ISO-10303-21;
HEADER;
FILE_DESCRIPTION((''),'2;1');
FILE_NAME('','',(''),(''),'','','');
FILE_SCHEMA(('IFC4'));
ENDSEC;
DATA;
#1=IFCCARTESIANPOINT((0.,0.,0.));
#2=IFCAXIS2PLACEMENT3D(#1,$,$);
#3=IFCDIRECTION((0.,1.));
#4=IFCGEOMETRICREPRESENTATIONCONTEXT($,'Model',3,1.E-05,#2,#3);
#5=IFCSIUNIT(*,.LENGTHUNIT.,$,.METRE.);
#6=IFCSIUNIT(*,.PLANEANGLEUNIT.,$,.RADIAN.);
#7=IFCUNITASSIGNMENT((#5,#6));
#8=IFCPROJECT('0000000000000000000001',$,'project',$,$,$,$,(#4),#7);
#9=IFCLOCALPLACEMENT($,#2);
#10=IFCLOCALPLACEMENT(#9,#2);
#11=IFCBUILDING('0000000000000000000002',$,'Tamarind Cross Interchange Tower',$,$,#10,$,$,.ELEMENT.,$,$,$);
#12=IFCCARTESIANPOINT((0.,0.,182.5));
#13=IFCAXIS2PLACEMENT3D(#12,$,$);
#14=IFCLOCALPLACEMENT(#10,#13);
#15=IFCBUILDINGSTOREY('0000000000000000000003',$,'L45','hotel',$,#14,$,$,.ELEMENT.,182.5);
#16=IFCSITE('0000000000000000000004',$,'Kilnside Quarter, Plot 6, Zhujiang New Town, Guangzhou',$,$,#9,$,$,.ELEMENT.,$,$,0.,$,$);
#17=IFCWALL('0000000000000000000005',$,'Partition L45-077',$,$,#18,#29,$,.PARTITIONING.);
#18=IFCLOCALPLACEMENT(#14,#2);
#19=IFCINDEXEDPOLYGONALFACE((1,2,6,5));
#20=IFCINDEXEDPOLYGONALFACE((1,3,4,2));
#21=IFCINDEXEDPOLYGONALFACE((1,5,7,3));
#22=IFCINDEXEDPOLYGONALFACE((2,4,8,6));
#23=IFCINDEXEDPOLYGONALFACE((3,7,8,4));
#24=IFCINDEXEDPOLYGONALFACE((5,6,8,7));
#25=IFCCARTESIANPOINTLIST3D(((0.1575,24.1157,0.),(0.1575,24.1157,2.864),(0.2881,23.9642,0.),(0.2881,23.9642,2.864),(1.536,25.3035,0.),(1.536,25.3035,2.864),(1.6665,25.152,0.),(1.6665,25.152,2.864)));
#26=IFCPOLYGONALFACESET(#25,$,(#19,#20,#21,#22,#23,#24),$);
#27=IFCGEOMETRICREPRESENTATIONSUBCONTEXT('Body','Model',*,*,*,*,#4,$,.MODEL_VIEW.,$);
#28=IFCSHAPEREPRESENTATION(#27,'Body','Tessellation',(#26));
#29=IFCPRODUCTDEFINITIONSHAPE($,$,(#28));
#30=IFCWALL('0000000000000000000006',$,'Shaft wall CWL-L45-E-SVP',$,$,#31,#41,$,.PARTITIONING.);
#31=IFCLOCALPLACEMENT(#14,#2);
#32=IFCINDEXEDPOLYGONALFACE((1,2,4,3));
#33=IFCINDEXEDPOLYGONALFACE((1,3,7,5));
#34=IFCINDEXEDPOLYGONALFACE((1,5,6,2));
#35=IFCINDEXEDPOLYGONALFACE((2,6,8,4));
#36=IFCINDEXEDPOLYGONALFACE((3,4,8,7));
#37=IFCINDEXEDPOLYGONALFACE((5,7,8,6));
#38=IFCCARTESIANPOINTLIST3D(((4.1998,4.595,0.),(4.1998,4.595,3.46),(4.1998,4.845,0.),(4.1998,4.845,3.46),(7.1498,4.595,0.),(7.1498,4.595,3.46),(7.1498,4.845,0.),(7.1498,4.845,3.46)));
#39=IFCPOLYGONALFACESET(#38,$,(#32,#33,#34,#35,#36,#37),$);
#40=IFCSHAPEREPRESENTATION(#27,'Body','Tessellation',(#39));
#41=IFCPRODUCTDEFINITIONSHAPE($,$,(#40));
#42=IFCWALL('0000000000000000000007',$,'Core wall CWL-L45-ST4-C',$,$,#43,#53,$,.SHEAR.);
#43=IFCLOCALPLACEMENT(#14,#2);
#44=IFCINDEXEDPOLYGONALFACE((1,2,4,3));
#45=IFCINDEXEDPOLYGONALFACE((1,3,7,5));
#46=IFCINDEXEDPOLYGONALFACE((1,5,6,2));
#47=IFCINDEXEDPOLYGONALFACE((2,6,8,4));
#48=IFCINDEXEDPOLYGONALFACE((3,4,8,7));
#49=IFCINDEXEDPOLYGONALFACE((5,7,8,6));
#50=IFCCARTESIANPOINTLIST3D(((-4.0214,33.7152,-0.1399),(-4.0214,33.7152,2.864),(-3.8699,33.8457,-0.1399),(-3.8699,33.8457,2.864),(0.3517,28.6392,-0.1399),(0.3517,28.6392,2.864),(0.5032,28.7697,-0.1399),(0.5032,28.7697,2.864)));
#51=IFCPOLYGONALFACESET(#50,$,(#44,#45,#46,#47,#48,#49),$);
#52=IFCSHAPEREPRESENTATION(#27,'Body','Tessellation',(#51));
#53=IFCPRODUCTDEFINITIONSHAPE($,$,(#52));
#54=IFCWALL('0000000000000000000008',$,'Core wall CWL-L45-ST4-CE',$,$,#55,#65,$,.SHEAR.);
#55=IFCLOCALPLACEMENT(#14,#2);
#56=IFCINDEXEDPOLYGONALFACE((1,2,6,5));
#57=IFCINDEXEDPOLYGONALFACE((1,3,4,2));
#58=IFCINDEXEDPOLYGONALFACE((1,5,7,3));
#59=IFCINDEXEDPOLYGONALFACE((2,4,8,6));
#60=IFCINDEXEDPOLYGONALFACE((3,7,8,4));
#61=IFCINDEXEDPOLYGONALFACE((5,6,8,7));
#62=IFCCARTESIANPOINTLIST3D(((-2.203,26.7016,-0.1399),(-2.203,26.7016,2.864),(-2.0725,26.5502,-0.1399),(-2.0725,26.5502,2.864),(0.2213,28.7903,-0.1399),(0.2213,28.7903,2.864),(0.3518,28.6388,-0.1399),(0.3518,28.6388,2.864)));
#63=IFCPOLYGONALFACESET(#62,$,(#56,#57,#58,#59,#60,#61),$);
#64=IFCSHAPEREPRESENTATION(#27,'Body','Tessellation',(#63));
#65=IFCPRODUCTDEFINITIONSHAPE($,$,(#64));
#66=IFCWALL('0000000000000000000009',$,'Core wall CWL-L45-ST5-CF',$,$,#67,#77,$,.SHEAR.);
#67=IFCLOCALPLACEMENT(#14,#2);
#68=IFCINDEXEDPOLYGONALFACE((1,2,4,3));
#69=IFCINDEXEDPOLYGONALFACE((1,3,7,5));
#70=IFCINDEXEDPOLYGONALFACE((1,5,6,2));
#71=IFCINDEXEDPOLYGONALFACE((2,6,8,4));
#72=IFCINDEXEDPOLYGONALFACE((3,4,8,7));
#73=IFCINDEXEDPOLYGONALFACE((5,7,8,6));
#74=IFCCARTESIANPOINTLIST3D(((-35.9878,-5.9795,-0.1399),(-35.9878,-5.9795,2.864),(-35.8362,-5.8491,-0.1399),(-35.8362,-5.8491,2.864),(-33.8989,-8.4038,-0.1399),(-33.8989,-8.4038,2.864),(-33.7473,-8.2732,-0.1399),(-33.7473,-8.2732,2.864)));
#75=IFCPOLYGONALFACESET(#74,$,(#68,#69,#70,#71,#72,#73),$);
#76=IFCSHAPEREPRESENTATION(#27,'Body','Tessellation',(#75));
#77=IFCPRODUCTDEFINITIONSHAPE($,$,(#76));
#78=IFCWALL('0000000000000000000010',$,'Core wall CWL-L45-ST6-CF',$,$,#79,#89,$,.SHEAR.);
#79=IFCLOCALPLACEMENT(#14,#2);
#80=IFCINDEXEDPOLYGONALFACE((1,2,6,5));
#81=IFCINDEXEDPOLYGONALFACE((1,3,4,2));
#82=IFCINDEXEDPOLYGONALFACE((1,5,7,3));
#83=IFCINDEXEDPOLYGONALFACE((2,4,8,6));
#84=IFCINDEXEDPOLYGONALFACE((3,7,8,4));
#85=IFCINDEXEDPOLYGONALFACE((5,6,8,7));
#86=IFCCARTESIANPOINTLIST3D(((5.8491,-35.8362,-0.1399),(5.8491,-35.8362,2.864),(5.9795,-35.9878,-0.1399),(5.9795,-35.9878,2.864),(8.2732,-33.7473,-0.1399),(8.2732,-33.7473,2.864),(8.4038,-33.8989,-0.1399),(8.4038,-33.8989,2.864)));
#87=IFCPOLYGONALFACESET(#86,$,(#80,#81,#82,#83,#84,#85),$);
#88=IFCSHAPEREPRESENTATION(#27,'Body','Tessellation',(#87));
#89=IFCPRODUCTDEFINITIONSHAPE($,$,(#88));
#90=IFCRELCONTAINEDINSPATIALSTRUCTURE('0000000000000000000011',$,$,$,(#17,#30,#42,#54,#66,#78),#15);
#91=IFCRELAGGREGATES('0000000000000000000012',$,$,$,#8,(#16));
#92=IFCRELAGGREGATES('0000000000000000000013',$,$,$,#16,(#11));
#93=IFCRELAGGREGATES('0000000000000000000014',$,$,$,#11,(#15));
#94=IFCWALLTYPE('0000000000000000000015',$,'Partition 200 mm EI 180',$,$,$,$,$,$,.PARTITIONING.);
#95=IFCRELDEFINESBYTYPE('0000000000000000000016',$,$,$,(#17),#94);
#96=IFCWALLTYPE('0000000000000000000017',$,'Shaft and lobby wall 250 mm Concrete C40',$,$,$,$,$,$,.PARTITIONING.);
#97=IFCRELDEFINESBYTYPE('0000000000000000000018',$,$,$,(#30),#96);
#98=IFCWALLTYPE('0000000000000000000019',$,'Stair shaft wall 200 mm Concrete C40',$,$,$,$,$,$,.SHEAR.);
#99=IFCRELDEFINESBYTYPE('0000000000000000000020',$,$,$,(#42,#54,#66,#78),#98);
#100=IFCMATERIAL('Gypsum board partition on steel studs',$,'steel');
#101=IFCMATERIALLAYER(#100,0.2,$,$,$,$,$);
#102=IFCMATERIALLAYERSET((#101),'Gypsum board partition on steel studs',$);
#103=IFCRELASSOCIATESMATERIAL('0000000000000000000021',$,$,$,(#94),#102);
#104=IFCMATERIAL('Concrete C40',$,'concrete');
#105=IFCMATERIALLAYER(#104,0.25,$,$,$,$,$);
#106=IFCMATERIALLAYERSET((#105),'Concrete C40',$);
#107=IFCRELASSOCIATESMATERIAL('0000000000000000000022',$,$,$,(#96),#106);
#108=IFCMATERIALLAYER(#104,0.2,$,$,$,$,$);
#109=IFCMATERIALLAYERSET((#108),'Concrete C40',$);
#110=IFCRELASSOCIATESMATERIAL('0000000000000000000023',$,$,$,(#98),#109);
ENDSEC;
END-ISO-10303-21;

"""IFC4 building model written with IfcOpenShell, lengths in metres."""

from ifc_helpers import new_model, si_unit, direction, frame, frame_2d, origin, place, context, subcontext, project, spatial, polyline, rectangle, outline, extrude, material, layer, layer_set, type_object, element, save


model = new_model("IFC4")

# Units and contexts
model_context = context("Model", 3, precision=1e-05, world=origin(), true_north=direction((0.0, 1.0)))
body_context = subcontext(model_context, "Body", "Model", "MODEL_VIEW")
ifc_project = project(units=[si_unit("LENGTHUNIT", "METRE"), si_unit("PLANEANGLEUNIT", "RADIAN")], contexts=[model_context])

# Site, building, storey
site_placement = place(None, origin())
site = spatial("IfcSite", under=ifc_project, at=site_placement, Name="Kilnside Quarter, Plot 6, Zhujiang New Town, Guangzhou", CompositionType="ELEMENT", RefElevation=0.0)
building_placement = place(site_placement, origin())
building = spatial("IfcBuilding", under=site, at=building_placement, Name="Tamarind Cross Interchange Tower", CompositionType="ELEMENT")
storey_placement = place(building_placement, frame((0.0, 0.0, 182.5)))
storey = spatial("IfcBuildingStorey", under=building, at=storey_placement, Name="L45", Description="hotel", CompositionType="ELEMENT", Elevation=182.5)

# Shared definitions
ifc_material_1 = material(Name="Concrete C40", Category="concrete")

# Shared definitions
ifc_material_2 = material(Name="Gypsum board partition on steel studs", Category="steel")

# Walls
ifc_layer_1 = layer(ifc_material_2, 0.2)
ifc_layer_set_1 = layer_set([ifc_layer_1], Name="Gypsum board partition on steel studs")
wall_type_1 = type_object("IfcWallType", Name="Partition 200 mm EI 180", PredefinedType="PARTITIONING", material=ifc_layer_set_1)
wall_1_placement = place(storey_placement, frame((0.2229, 24.04, 0.0), z_axis=(0.0, 0.0, 1.0), x_axis=(0.757559, 0.652767, 0.0)))
element("IfcWall", 1, at=wall_1_placement, inside=storey, type_object=wall_type_1, Name="Partition L45-077", PredefinedType="PARTITIONING", context=body_context, shape_type="SweptSolid", body=[
    extrude(rectangle(XDim=1.8196, YDim=0.2, at=frame_2d((0.9097, 0.0))), origin(), (0.0, 0.0, 1.0), 2.864),
])
ifc_layer_2 = layer(ifc_material_1, 0.25)
ifc_layer_set_2 = layer_set([ifc_layer_2], Name="Concrete C40")
wall_type_2 = type_object("IfcWallType", Name="Shaft and lobby wall 250 mm Concrete C40", PredefinedType="PARTITIONING", material=ifc_layer_set_2)
wall_2_placement = place(storey_placement, frame((7.1499, 4.72, 0.0), z_axis=(0.0, 0.0, 1.0), x_axis=(-1.0, 0.0, 0.0)))
element("IfcWall", 2, at=wall_2_placement, inside=storey, type_object=wall_type_2, Name="Shaft wall CWL-L45-E-SVP", PredefinedType="PARTITIONING", context=body_context, shape_type="SweptSolid", body=[
    extrude(rectangle(XDim=2.95, YDim=0.25, at=frame_2d((1.4751, 0.0))), origin(), (0.0, 0.0, 1.0), 3.46),
])
ifc_layer_3 = layer(ifc_material_1, 0.2)
ifc_layer_set_3 = layer_set([ifc_layer_3], Name="Concrete C40")
wall_type_3 = type_object("IfcWallType", Name="Stair shaft wall 200 mm Concrete C40", PredefinedType="SHEAR", material=ifc_layer_set_3)
wall_3_placement = place(storey_placement, frame((0.4275, 28.7043, -0.1399), z_axis=(0.0, 0.0, 1.0), x_axis=(-0.652704, 0.757613, 0.0)))
element("IfcWall", 3, at=wall_3_placement, inside=storey, type_object=wall_type_3, Name="Core wall CWL-L45-ST4-C", PredefinedType="SHEAR", context=body_context, shape_type="SweptSolid", body=[
    extrude(rectangle(XDim=6.7, YDim=0.2, at=frame_2d((3.3501, 0.0))), origin(), (0.0, 0.0, 1.0), 3.0039),
])
wall_4_placement = place(storey_placement, frame((0.2866, 28.7146, -0.1399), z_axis=(0.0, 0.0, 1.0), x_axis=(-0.757612, -0.652706, 0.0)))
element("IfcWall", 4, at=wall_4_placement, inside=storey, type_object=wall_type_3, Name="Core wall CWL-L45-ST4-CE", PredefinedType="SHEAR", context=body_context, shape_type="SweptSolid", body=[
    extrude(rectangle(XDim=3.2, YDim=0.2, at=frame_2d((1.6001, 0.0))), origin(), (0.0, 0.0, 1.0), 3.0039),
])
wall_5_placement = place(storey_placement, frame((0.0, 0.0, -0.1399)))
element("IfcWall", 5, at=wall_5_placement, inside=storey, type_object=wall_type_3, Name="Core wall CWL-L45-ST5-CF", PredefinedType="SHEAR", context=body_context, shape_type="SweptSolid", body=[
    extrude(outline(polyline([(-35.8362, -5.8491), (-35.9878, -5.9795), (-33.8989, -8.4038), (-33.7473, -8.2732), (-35.8362, -5.8491)])), origin(), (0.0, 0.0, 1.0), 3.0039),
])
wall_6_placement = place(storey_placement, frame((0.0, 0.0, -0.1399)))
element("IfcWall", 6, at=wall_6_placement, inside=storey, type_object=wall_type_3, Name="Core wall CWL-L45-ST6-CF", PredefinedType="SHEAR", context=body_context, shape_type="SweptSolid", body=[
    extrude(outline(polyline([(5.8491, -35.8362), (5.9795, -35.9878), (8.4038, -33.8989), (8.2732, -33.7473), (5.8491, -35.8362)])), origin(), (0.0, 0.0, 1.0), 3.0039),
])

save(model, "model.ifc")
